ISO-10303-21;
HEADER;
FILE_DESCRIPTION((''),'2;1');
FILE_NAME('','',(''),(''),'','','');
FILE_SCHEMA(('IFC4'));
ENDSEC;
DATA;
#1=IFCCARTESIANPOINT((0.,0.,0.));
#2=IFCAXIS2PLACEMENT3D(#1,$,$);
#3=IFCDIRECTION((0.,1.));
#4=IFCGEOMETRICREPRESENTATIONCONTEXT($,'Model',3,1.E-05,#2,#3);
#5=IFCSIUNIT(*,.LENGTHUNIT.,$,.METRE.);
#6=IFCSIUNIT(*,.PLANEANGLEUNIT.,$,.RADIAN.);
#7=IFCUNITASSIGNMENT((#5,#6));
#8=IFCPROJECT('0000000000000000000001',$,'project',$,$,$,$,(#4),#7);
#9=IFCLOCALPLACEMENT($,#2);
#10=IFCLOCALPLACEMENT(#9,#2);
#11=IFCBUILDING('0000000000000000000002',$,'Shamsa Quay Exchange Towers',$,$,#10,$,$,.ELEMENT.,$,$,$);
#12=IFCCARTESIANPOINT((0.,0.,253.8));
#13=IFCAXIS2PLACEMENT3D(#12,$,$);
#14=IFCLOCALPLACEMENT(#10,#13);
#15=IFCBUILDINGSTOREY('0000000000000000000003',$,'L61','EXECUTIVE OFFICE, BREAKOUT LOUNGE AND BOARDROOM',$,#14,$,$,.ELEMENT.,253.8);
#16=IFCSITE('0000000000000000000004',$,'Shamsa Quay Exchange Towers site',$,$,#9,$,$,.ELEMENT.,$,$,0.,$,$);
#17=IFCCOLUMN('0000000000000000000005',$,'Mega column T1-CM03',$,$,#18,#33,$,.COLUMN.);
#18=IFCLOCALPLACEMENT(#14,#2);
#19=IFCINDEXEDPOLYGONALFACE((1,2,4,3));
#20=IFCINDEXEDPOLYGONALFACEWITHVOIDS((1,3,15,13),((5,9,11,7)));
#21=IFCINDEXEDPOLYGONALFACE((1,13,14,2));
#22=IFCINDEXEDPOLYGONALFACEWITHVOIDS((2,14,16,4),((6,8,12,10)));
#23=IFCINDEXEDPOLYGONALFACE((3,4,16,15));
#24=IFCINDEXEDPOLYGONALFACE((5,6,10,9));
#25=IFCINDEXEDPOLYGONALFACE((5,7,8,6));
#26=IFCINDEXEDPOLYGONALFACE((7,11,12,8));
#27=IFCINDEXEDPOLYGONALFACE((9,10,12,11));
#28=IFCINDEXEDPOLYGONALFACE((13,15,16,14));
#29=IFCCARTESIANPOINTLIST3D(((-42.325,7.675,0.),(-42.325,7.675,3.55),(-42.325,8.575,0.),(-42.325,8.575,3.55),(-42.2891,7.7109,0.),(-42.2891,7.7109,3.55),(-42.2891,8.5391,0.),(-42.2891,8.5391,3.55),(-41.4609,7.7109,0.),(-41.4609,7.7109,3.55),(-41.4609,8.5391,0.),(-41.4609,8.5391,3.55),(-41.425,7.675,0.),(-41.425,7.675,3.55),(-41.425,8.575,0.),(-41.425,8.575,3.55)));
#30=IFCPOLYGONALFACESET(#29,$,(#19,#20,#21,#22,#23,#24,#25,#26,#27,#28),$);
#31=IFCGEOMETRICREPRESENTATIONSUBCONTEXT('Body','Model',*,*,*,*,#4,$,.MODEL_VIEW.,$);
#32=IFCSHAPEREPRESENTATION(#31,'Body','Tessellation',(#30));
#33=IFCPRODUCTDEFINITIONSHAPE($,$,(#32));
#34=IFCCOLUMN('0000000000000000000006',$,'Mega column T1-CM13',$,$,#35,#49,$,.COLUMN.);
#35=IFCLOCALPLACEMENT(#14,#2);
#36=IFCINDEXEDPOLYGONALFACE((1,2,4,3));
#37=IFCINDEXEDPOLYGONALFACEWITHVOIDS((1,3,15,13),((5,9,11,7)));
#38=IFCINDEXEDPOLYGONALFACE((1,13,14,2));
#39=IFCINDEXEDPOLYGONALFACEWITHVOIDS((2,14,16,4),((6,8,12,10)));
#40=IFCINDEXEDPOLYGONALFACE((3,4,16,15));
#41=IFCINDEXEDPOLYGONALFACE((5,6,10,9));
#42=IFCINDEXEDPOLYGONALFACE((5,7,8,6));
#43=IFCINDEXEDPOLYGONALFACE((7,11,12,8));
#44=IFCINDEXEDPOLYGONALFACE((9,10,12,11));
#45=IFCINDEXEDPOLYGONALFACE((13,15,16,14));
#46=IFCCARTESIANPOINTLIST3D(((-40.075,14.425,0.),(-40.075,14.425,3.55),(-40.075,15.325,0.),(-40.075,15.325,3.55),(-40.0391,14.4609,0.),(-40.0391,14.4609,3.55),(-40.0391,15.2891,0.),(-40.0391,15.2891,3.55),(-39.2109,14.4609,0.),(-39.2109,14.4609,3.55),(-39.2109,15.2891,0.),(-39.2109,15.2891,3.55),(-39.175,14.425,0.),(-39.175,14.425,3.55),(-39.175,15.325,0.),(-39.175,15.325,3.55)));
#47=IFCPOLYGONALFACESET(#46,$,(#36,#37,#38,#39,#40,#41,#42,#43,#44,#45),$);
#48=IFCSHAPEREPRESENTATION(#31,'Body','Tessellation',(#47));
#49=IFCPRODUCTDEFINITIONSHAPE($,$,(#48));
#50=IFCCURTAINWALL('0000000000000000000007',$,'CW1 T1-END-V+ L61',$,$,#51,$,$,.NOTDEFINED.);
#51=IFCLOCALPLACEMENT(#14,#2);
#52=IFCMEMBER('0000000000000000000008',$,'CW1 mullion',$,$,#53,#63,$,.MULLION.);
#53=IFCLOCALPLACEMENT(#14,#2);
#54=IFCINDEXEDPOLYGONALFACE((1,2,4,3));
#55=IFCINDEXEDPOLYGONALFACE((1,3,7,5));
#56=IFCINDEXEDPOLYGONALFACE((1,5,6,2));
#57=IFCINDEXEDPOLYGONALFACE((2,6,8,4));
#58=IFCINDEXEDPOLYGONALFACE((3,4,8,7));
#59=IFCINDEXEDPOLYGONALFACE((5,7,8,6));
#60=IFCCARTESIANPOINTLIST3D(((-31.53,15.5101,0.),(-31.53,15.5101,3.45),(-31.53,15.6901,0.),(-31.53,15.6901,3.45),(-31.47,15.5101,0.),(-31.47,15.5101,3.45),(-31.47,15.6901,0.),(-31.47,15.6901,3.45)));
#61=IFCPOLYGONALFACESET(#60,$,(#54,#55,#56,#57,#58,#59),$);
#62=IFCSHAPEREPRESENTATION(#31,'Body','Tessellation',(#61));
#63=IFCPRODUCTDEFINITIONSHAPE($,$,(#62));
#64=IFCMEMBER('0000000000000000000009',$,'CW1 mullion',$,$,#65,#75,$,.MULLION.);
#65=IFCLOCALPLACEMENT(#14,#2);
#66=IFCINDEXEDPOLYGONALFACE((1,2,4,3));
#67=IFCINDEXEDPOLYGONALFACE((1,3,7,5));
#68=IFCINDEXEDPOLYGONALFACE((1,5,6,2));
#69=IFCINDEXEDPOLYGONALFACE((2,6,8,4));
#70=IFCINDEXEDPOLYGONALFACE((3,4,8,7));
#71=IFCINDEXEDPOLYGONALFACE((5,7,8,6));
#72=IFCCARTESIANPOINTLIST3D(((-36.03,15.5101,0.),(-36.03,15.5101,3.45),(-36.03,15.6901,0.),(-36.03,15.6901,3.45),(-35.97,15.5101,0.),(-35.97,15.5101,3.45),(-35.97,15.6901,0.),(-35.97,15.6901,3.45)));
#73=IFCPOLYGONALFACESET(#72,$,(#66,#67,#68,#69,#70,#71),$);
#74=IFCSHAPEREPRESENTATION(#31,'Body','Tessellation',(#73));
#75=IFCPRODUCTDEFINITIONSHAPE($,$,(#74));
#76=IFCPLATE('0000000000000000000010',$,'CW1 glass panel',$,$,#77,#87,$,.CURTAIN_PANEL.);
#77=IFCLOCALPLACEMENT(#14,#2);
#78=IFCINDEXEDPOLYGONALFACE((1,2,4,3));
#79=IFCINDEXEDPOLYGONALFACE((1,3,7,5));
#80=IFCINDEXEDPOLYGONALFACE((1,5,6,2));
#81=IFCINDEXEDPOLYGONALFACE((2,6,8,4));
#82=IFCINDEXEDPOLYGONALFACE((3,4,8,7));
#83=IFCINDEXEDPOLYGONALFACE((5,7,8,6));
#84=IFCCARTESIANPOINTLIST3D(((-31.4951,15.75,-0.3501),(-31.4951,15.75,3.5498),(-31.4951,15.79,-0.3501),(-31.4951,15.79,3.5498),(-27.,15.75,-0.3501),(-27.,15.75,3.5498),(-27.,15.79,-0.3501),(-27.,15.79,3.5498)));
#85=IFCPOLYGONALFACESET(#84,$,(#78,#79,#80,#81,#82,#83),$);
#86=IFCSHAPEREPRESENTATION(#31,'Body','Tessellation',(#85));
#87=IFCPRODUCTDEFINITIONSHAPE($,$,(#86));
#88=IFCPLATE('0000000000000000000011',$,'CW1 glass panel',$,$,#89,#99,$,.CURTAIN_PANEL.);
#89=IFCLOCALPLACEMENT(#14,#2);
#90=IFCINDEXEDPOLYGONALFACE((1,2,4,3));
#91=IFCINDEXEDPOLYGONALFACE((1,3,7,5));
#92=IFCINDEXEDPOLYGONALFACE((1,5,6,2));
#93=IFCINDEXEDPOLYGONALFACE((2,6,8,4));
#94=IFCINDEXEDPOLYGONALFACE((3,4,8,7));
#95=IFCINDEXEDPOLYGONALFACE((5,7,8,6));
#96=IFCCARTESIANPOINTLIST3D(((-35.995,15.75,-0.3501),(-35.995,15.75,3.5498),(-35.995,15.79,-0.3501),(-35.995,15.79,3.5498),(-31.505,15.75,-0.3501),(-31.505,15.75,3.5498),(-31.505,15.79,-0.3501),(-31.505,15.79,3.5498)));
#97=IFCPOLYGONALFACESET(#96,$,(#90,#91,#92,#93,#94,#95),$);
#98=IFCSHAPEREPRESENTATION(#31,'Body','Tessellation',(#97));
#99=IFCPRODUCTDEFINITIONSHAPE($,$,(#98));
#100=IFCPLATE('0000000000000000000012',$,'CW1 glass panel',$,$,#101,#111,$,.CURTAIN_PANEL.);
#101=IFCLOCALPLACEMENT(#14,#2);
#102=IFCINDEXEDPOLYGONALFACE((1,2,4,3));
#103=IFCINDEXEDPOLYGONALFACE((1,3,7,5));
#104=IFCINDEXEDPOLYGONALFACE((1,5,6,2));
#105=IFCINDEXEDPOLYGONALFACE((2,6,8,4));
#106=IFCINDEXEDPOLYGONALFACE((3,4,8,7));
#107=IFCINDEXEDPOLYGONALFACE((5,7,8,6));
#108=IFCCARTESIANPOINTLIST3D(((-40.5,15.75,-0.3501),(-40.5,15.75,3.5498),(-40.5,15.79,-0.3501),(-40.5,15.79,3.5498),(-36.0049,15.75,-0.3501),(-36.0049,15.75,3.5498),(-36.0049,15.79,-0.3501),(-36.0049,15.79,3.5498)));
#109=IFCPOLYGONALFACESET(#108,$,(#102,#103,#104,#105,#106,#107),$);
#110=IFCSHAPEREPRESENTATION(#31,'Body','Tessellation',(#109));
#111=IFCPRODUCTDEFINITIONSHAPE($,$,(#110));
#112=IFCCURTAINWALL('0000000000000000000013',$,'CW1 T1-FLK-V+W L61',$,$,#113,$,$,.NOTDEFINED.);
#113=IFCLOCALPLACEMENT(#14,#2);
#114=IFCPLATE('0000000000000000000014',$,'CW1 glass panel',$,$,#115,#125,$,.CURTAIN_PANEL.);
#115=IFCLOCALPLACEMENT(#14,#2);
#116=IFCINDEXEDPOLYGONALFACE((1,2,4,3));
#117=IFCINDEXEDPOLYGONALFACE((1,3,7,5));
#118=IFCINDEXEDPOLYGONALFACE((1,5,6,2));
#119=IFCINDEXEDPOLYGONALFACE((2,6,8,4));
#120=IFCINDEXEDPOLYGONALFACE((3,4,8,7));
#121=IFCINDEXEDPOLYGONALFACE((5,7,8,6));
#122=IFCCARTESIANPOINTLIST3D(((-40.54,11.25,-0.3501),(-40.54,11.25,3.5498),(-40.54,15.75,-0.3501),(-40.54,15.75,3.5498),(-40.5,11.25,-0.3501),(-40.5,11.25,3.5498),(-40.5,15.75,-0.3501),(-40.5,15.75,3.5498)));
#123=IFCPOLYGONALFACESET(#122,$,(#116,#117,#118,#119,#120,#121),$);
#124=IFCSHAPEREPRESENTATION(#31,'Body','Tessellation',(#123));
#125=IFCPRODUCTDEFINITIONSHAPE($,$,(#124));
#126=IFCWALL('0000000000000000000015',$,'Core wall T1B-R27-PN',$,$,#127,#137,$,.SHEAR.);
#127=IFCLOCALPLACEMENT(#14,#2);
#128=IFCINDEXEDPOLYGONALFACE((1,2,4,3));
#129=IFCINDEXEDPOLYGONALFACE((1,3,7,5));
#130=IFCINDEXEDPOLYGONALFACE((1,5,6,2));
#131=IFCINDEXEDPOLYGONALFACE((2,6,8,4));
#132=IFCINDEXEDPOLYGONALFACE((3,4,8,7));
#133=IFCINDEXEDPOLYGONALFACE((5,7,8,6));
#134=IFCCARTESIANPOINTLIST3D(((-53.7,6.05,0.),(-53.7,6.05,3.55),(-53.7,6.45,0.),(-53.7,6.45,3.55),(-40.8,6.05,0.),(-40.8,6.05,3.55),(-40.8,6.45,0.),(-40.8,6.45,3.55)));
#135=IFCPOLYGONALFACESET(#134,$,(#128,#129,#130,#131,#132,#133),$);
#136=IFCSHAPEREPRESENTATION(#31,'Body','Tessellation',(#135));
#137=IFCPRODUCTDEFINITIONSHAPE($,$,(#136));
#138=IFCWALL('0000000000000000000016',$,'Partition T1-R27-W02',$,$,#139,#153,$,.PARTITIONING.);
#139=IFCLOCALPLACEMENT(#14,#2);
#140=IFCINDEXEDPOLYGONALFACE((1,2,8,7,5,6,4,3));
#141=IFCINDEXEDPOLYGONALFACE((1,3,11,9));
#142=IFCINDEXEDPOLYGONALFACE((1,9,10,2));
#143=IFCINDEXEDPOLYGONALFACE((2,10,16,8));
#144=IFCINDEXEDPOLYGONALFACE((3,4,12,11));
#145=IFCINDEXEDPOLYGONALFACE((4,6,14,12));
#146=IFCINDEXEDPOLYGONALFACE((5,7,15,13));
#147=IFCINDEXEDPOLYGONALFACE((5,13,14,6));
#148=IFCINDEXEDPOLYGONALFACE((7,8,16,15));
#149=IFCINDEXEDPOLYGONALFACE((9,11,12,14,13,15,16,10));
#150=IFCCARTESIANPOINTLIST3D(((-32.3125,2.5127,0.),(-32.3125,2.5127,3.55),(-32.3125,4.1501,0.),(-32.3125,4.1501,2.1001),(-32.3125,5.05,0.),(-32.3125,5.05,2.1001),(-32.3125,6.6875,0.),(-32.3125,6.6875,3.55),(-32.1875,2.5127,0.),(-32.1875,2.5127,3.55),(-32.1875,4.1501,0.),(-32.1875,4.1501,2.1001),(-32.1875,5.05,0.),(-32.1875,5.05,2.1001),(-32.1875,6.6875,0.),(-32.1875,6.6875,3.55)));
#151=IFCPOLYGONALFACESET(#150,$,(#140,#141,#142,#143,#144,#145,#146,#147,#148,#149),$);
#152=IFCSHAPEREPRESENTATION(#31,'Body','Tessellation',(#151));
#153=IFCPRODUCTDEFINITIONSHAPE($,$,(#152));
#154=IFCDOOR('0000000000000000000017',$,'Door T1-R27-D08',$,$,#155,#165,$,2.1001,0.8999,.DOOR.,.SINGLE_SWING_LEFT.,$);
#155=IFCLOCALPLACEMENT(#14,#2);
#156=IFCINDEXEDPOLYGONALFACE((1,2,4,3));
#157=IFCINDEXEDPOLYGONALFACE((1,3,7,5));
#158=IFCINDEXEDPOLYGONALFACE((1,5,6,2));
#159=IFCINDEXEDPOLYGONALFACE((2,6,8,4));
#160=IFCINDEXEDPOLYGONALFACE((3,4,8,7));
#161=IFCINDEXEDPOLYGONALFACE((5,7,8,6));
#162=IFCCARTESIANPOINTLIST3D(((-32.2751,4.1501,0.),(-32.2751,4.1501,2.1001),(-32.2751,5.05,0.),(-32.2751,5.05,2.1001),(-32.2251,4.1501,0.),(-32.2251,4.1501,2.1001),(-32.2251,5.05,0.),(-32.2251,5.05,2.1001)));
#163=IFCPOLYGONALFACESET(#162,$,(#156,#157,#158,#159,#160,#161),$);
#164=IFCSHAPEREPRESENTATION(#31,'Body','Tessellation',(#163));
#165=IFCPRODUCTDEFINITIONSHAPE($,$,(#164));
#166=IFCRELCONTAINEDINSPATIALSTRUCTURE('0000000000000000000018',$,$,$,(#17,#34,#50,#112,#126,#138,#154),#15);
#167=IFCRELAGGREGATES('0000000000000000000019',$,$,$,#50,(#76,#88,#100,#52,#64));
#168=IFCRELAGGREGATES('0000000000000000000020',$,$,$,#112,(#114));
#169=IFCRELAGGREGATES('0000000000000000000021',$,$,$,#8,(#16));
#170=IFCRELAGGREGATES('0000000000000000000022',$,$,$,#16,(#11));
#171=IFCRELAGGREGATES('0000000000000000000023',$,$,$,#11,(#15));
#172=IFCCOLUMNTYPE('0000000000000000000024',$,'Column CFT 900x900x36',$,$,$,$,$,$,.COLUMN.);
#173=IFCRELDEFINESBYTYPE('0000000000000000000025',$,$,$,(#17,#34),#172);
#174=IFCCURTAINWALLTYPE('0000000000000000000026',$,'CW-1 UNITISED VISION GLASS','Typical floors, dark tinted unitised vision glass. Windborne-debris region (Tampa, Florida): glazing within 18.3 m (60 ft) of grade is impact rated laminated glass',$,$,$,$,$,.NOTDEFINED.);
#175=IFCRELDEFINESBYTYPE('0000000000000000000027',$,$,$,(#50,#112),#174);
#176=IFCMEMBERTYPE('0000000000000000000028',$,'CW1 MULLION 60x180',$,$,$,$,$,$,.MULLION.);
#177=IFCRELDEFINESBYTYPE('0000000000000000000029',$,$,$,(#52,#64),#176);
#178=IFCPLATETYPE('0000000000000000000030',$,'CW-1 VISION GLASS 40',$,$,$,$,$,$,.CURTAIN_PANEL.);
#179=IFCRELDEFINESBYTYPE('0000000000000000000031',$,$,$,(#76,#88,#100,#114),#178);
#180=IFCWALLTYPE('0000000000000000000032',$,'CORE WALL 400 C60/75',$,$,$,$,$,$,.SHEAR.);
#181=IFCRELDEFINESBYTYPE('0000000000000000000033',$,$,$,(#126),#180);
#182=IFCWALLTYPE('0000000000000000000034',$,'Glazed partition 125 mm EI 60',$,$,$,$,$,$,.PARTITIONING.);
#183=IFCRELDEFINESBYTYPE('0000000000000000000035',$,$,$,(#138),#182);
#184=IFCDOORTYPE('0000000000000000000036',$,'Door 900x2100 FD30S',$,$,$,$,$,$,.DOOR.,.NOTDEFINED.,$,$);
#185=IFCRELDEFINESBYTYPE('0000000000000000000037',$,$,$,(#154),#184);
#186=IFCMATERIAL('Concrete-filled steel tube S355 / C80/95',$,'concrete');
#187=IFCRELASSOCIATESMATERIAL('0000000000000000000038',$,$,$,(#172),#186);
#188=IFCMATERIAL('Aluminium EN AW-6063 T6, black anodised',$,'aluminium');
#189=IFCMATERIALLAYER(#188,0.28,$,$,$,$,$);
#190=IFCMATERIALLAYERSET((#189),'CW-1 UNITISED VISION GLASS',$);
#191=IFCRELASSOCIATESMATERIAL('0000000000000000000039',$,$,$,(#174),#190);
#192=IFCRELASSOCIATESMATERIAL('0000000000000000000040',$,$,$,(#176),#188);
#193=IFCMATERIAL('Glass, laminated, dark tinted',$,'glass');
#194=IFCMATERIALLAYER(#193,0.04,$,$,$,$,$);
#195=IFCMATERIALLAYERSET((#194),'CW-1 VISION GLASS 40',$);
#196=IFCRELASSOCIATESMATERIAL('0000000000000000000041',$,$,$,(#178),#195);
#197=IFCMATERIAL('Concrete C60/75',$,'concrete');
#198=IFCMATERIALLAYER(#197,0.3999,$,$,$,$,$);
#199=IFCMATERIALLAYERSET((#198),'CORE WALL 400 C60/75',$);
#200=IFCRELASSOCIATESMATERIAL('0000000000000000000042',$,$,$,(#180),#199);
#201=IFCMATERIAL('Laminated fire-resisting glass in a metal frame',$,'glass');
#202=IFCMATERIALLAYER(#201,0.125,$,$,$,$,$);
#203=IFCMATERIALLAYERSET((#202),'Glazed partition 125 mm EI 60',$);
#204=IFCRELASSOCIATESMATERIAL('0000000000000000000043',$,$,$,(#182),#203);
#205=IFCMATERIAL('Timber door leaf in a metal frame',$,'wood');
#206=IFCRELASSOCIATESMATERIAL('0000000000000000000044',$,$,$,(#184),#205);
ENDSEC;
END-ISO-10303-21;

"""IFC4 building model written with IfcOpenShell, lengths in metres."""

from ifc_helpers import new_model, si_unit, direction, frame, frame_2d, origin, origin_2d, place, context, subcontext, project, spatial, rectangle, hollow_rectangle, extrude, material, layer, layer_set, material_profile, profile_set, type_object, element, fill, aggregate, save


model = new_model("IFC4")

# Units and contexts
model_context = context("Model", 3, precision=1e-05, world=origin(), true_north=direction((0.0, 1.0)))
body_context = subcontext(model_context, "Body", "Model", "MODEL_VIEW")
ifc_project = project(units=[si_unit("LENGTHUNIT", "METRE"), si_unit("PLANEANGLEUNIT", "RADIAN")], contexts=[model_context])

# Site, building, storey
site_placement = place(None, origin())
site = spatial("IfcSite", under=ifc_project, at=site_placement, Name="Shamsa Quay Exchange Towers site", CompositionType="ELEMENT", RefElevation=0.0)
building_placement = place(site_placement, origin())
building = spatial("IfcBuilding", under=site, at=building_placement, Name="Shamsa Quay Exchange Towers", CompositionType="ELEMENT")
storey_placement = place(building_placement, frame((0.0, 0.0, 253.8)))
storey = spatial("IfcBuildingStorey", under=building, at=storey_placement, Name="L61", Description="EXECUTIVE OFFICE, BREAKOUT LOUNGE AND BOARDROOM", CompositionType="ELEMENT", Elevation=253.8)

# Columns
ifc_material_1 = material(Name="Concrete-filled steel tube S355 / C80/95", Category="concrete")
ifc_material_profile_1 = material_profile(ifc_material_1, hollow_rectangle(XDim=0.8999, YDim=0.8999, WallThickness=0.0359, at=origin_2d()), Name="CFT 900x900x36")
ifc_profile_set_1 = profile_set([ifc_material_profile_1], Name="Concrete-filled steel tube S355 / C80/95")
column_type = type_object("IfcColumnType", Name="Column CFT 900x900x36", PredefinedType="COLUMN", material=ifc_profile_set_1)
for number, where, name in (
    (1, (-41.875, 8.125, 0.0), "Mega column T1-CM03"),
    (2, (-39.625, 14.875, 0.0), "Mega column T1-CM13"),
):
    element("IfcColumn", number, at=place(storey_placement, frame(where)), inside=storey, type_object=column_type, Name=name, PredefinedType="COLUMN", context=body_context, shape_type="SweptSolid", body=[
        extrude(hollow_rectangle(XDim=0.8999, YDim=0.8999, WallThickness=0.0359, at=origin_2d()), origin(), (0.0, 0.0, 1.0), 3.55),
    ])

# Curtain wall, members, plates
ifc_material_2 = material(Name="Aluminium EN AW-6063 T6, black anodised", Category="aluminium")
ifc_layer_1 = layer(ifc_material_2, 0.28)
ifc_layer_set_1 = layer_set([ifc_layer_1], Name="CW-1 UNITISED VISION GLASS")
curtain_wall_type = type_object("IfcCurtainWallType", Name="CW-1 UNITISED VISION GLASS", Description="Typical floors, dark tinted unitised vision glass. Windborne-debris region (Tampa, Florida): glazing within 18.3 m (60 ft) of grade is impact rated laminated glass", PredefinedType="NOTDEFINED", material=ifc_layer_set_1)
curtain_wall_1_placement = place(storey_placement, origin())
curtain_wall_1 = element("IfcCurtainWall", 3, at=curtain_wall_1_placement, inside=storey, type_object=curtain_wall_type, Name="CW1 T1-END-V+ L61", PredefinedType="NOTDEFINED")
ifc_material_profile_2 = material_profile(ifc_material_2, rectangle(XDim=0.1799, YDim=0.0601, at=origin_2d()), Name="MU60x180")
ifc_profile_set_2 = profile_set([ifc_material_profile_2], Name="Aluminium EN AW-6063 T6, black anodised")
member_type = type_object("IfcMemberType", Name="CW1 MULLION 60x180", PredefinedType="MULLION", material=ifc_profile_set_2)
member_1_placement = place(storey_placement, frame((-31.5, 15.6001, 0.0), z_axis=(0.0, 0.0, 1.0), x_axis=(0.0, -1.0, 0.0)))
member_1 = element("IfcMember", 4, at=member_1_placement, type_object=member_type, Name="CW1 mullion", PredefinedType="MULLION", context=body_context, shape_type="SweptSolid", body=[
    extrude(rectangle(XDim=0.1799, YDim=0.0601, at=origin_2d()), origin(), (0.0, 0.0, 1.0), 3.45),
])
member_2_placement = place(storey_placement, frame((-36.0, 15.6001, 0.0), z_axis=(0.0, 0.0, 1.0), x_axis=(0.0, -1.0, 0.0)))
member_2 = element("IfcMember", 5, at=member_2_placement, type_object=member_type, Name="CW1 mullion", PredefinedType="MULLION", context=body_context, shape_type="SweptSolid", body=[
    extrude(rectangle(XDim=0.1799, YDim=0.0601, at=origin_2d()), origin(), (0.0, 0.0, 1.0), 3.45),
])
ifc_material_3 = material(Name="Glass, laminated, dark tinted", Category="glass")
ifc_layer_2 = layer(ifc_material_3, 0.04)
ifc_layer_set_2 = layer_set([ifc_layer_2], Name="CW-1 VISION GLASS 40")
plate_type = type_object("IfcPlateType", Name="CW-1 VISION GLASS 40", PredefinedType="CURTAIN_PANEL", material=ifc_layer_set_2)
plate_1_placement = place(storey_placement, frame((-29.2476, 15.77, -0.3501), z_axis=(0.0, 0.0, 1.0), x_axis=(-1.0, 0.0, 0.0)))
plate_1 = element("IfcPlate", 6, at=plate_1_placement, type_object=plate_type, Name="CW1 glass panel", PredefinedType="CURTAIN_PANEL", context=body_context, shape_type="SweptSolid", body=[
    extrude(rectangle(XDim=4.4951, YDim=0.04, at=origin_2d()), origin(), (0.0, 0.0, 1.0), 3.8999),
])
plate_2_placement = place(storey_placement, frame((-33.75, 15.77, -0.3501), z_axis=(0.0, 0.0, 1.0), x_axis=(-1.0, 0.0, 0.0)))
plate_2 = element("IfcPlate", 7, at=plate_2_placement, type_object=plate_type, Name="CW1 glass panel", PredefinedType="CURTAIN_PANEL", context=body_context, shape_type="SweptSolid", body=[
    extrude(rectangle(XDim=4.49, YDim=0.04, at=origin_2d()), origin(), (0.0, 0.0, 1.0), 3.8999),
])
plate_3_placement = place(storey_placement, frame((-38.2524, 15.77, -0.3501), z_axis=(0.0, 0.0, 1.0), x_axis=(-1.0, 0.0, 0.0)))
plate_3 = element("IfcPlate", 8, at=plate_3_placement, type_object=plate_type, Name="CW1 glass panel", PredefinedType="CURTAIN_PANEL", context=body_context, shape_type="SweptSolid", body=[
    extrude(rectangle(XDim=4.4951, YDim=0.04, at=origin_2d()), origin(), (0.0, 0.0, 1.0), 3.8999),
])
aggregate(curtain_wall_1, [plate_1, plate_2, plate_3, member_1, member_2])

# Curtain wall, plate
curtain_wall_2_placement = place(storey_placement, origin())
curtain_wall_2 = element("IfcCurtainWall", 9, at=curtain_wall_2_placement, inside=storey, type_object=curtain_wall_type, Name="CW1 T1-FLK-V+W L61", PredefinedType="NOTDEFINED")
plate_4_placement = place(storey_placement, frame((-40.52, 13.5, -0.3501), z_axis=(0.0, 0.0, 1.0), x_axis=(0.0, -1.0, 0.0)))
plate_4 = element("IfcPlate", 10, at=plate_4_placement, type_object=plate_type, Name="CW1 glass panel", PredefinedType="CURTAIN_PANEL", context=body_context, shape_type="SweptSolid", body=[
    extrude(rectangle(XDim=4.5, YDim=0.04, at=origin_2d()), origin(), (0.0, 0.0, 1.0), 3.8999),
])
aggregate(curtain_wall_2, [plate_4])

# Wall
ifc_material_4 = material(Name="Concrete C60/75", Category="concrete")
ifc_layer_3 = layer(ifc_material_4, 0.3999)
ifc_layer_set_3 = layer_set([ifc_layer_3], Name="CORE WALL 400 C60/75")
wall_type_1 = type_object("IfcWallType", Name="CORE WALL 400 C60/75", PredefinedType="SHEAR", material=ifc_layer_set_3)
wall_1_placement = place(storey_placement, frame((-40.8, 6.25, 0.0), z_axis=(0.0, 0.0, 1.0), x_axis=(-1.0, 0.0, 0.0)))
element("IfcWall", 11, at=wall_1_placement, inside=storey, type_object=wall_type_1, Name="Core wall T1B-R27-PN", PredefinedType="SHEAR", context=body_context, shape_type="SweptSolid", body=[
    extrude(rectangle(XDim=12.8999, YDim=0.3999, at=frame_2d((6.45, 0.0))), origin(), (0.0, 0.0, 1.0), 3.55),
])

# Wall, opening, door
ifc_material_5 = material(Name="Laminated fire-resisting glass in a metal frame", Category="glass")
ifc_layer_4 = layer(ifc_material_5, 0.125)
ifc_layer_set_4 = layer_set([ifc_layer_4], Name="Glazed partition 125 mm EI 60")
wall_type_2 = type_object("IfcWallType", Name="Glazed partition 125 mm EI 60", PredefinedType="PARTITIONING", material=ifc_layer_set_4)
wall_2_placement = place(storey_placement, frame((-32.25, 6.6875, 0.0), z_axis=(0.0, 0.0, 1.0), x_axis=(0.0, -1.0, 0.0)))
wall_2 = element("IfcWall", 12, at=wall_2_placement, inside=storey, type_object=wall_type_2, Name="Partition T1-R27-W02", PredefinedType="PARTITIONING", context=body_context, shape_type="SweptSolid", body=[
    extrude(rectangle(XDim=4.1748, YDim=0.125, at=frame_2d((2.0874, 0.0))), origin(), (0.0, 0.0, 1.0), 3.55),
])
opening_1_placement = place(wall_2_placement, frame((1.6375, 0.0, 0.0)))
opening_1 = element("IfcOpeningElement", 13, at=opening_1_placement, cuts=wall_2, PredefinedType="OPENING", context=body_context, shape_type="SweptSolid", body=[
    extrude(rectangle(XDim=0.8999, YDim=2.1001, at=frame_2d((0.45, 1.05))), frame((0.0, 0.0725, 0.0), z_axis=(0.0, -1.0, 0.0), x_axis=(1.0, 0.0, 0.0)), (0.0, 0.0, 1.0), 0.145),
])
ifc_material_6 = material(Name="Timber door leaf in a metal frame", Category="wood")
door_type_1 = type_object("IfcDoorType", Name="Door 900x2100 FD30S", OperationType="NOTDEFINED", PredefinedType="DOOR", material=ifc_material_6)
door_1_placement = place(opening_1_placement, origin())
door_1 = element("IfcDoor", 14, at=door_1_placement, inside=storey, type_object=door_type_1, Name="Door T1-R27-D08", OperationType="SINGLE_SWING_LEFT", OverallHeight=2.1001, OverallWidth=0.8999, PredefinedType="DOOR", context=body_context, shape_type="SweptSolid", body=[
    extrude(rectangle(XDim=0.8999, YDim=2.1001, at=frame_2d((0.45, 1.05))), frame((0.0, 0.0249, 0.0), z_axis=(0.0, -1.0, 0.0), x_axis=(1.0, 0.0, 0.0)), (0.0, 0.0, 1.0), 0.05),
])
fill(opening_1, door_1)

save(model, "model.ifc")
